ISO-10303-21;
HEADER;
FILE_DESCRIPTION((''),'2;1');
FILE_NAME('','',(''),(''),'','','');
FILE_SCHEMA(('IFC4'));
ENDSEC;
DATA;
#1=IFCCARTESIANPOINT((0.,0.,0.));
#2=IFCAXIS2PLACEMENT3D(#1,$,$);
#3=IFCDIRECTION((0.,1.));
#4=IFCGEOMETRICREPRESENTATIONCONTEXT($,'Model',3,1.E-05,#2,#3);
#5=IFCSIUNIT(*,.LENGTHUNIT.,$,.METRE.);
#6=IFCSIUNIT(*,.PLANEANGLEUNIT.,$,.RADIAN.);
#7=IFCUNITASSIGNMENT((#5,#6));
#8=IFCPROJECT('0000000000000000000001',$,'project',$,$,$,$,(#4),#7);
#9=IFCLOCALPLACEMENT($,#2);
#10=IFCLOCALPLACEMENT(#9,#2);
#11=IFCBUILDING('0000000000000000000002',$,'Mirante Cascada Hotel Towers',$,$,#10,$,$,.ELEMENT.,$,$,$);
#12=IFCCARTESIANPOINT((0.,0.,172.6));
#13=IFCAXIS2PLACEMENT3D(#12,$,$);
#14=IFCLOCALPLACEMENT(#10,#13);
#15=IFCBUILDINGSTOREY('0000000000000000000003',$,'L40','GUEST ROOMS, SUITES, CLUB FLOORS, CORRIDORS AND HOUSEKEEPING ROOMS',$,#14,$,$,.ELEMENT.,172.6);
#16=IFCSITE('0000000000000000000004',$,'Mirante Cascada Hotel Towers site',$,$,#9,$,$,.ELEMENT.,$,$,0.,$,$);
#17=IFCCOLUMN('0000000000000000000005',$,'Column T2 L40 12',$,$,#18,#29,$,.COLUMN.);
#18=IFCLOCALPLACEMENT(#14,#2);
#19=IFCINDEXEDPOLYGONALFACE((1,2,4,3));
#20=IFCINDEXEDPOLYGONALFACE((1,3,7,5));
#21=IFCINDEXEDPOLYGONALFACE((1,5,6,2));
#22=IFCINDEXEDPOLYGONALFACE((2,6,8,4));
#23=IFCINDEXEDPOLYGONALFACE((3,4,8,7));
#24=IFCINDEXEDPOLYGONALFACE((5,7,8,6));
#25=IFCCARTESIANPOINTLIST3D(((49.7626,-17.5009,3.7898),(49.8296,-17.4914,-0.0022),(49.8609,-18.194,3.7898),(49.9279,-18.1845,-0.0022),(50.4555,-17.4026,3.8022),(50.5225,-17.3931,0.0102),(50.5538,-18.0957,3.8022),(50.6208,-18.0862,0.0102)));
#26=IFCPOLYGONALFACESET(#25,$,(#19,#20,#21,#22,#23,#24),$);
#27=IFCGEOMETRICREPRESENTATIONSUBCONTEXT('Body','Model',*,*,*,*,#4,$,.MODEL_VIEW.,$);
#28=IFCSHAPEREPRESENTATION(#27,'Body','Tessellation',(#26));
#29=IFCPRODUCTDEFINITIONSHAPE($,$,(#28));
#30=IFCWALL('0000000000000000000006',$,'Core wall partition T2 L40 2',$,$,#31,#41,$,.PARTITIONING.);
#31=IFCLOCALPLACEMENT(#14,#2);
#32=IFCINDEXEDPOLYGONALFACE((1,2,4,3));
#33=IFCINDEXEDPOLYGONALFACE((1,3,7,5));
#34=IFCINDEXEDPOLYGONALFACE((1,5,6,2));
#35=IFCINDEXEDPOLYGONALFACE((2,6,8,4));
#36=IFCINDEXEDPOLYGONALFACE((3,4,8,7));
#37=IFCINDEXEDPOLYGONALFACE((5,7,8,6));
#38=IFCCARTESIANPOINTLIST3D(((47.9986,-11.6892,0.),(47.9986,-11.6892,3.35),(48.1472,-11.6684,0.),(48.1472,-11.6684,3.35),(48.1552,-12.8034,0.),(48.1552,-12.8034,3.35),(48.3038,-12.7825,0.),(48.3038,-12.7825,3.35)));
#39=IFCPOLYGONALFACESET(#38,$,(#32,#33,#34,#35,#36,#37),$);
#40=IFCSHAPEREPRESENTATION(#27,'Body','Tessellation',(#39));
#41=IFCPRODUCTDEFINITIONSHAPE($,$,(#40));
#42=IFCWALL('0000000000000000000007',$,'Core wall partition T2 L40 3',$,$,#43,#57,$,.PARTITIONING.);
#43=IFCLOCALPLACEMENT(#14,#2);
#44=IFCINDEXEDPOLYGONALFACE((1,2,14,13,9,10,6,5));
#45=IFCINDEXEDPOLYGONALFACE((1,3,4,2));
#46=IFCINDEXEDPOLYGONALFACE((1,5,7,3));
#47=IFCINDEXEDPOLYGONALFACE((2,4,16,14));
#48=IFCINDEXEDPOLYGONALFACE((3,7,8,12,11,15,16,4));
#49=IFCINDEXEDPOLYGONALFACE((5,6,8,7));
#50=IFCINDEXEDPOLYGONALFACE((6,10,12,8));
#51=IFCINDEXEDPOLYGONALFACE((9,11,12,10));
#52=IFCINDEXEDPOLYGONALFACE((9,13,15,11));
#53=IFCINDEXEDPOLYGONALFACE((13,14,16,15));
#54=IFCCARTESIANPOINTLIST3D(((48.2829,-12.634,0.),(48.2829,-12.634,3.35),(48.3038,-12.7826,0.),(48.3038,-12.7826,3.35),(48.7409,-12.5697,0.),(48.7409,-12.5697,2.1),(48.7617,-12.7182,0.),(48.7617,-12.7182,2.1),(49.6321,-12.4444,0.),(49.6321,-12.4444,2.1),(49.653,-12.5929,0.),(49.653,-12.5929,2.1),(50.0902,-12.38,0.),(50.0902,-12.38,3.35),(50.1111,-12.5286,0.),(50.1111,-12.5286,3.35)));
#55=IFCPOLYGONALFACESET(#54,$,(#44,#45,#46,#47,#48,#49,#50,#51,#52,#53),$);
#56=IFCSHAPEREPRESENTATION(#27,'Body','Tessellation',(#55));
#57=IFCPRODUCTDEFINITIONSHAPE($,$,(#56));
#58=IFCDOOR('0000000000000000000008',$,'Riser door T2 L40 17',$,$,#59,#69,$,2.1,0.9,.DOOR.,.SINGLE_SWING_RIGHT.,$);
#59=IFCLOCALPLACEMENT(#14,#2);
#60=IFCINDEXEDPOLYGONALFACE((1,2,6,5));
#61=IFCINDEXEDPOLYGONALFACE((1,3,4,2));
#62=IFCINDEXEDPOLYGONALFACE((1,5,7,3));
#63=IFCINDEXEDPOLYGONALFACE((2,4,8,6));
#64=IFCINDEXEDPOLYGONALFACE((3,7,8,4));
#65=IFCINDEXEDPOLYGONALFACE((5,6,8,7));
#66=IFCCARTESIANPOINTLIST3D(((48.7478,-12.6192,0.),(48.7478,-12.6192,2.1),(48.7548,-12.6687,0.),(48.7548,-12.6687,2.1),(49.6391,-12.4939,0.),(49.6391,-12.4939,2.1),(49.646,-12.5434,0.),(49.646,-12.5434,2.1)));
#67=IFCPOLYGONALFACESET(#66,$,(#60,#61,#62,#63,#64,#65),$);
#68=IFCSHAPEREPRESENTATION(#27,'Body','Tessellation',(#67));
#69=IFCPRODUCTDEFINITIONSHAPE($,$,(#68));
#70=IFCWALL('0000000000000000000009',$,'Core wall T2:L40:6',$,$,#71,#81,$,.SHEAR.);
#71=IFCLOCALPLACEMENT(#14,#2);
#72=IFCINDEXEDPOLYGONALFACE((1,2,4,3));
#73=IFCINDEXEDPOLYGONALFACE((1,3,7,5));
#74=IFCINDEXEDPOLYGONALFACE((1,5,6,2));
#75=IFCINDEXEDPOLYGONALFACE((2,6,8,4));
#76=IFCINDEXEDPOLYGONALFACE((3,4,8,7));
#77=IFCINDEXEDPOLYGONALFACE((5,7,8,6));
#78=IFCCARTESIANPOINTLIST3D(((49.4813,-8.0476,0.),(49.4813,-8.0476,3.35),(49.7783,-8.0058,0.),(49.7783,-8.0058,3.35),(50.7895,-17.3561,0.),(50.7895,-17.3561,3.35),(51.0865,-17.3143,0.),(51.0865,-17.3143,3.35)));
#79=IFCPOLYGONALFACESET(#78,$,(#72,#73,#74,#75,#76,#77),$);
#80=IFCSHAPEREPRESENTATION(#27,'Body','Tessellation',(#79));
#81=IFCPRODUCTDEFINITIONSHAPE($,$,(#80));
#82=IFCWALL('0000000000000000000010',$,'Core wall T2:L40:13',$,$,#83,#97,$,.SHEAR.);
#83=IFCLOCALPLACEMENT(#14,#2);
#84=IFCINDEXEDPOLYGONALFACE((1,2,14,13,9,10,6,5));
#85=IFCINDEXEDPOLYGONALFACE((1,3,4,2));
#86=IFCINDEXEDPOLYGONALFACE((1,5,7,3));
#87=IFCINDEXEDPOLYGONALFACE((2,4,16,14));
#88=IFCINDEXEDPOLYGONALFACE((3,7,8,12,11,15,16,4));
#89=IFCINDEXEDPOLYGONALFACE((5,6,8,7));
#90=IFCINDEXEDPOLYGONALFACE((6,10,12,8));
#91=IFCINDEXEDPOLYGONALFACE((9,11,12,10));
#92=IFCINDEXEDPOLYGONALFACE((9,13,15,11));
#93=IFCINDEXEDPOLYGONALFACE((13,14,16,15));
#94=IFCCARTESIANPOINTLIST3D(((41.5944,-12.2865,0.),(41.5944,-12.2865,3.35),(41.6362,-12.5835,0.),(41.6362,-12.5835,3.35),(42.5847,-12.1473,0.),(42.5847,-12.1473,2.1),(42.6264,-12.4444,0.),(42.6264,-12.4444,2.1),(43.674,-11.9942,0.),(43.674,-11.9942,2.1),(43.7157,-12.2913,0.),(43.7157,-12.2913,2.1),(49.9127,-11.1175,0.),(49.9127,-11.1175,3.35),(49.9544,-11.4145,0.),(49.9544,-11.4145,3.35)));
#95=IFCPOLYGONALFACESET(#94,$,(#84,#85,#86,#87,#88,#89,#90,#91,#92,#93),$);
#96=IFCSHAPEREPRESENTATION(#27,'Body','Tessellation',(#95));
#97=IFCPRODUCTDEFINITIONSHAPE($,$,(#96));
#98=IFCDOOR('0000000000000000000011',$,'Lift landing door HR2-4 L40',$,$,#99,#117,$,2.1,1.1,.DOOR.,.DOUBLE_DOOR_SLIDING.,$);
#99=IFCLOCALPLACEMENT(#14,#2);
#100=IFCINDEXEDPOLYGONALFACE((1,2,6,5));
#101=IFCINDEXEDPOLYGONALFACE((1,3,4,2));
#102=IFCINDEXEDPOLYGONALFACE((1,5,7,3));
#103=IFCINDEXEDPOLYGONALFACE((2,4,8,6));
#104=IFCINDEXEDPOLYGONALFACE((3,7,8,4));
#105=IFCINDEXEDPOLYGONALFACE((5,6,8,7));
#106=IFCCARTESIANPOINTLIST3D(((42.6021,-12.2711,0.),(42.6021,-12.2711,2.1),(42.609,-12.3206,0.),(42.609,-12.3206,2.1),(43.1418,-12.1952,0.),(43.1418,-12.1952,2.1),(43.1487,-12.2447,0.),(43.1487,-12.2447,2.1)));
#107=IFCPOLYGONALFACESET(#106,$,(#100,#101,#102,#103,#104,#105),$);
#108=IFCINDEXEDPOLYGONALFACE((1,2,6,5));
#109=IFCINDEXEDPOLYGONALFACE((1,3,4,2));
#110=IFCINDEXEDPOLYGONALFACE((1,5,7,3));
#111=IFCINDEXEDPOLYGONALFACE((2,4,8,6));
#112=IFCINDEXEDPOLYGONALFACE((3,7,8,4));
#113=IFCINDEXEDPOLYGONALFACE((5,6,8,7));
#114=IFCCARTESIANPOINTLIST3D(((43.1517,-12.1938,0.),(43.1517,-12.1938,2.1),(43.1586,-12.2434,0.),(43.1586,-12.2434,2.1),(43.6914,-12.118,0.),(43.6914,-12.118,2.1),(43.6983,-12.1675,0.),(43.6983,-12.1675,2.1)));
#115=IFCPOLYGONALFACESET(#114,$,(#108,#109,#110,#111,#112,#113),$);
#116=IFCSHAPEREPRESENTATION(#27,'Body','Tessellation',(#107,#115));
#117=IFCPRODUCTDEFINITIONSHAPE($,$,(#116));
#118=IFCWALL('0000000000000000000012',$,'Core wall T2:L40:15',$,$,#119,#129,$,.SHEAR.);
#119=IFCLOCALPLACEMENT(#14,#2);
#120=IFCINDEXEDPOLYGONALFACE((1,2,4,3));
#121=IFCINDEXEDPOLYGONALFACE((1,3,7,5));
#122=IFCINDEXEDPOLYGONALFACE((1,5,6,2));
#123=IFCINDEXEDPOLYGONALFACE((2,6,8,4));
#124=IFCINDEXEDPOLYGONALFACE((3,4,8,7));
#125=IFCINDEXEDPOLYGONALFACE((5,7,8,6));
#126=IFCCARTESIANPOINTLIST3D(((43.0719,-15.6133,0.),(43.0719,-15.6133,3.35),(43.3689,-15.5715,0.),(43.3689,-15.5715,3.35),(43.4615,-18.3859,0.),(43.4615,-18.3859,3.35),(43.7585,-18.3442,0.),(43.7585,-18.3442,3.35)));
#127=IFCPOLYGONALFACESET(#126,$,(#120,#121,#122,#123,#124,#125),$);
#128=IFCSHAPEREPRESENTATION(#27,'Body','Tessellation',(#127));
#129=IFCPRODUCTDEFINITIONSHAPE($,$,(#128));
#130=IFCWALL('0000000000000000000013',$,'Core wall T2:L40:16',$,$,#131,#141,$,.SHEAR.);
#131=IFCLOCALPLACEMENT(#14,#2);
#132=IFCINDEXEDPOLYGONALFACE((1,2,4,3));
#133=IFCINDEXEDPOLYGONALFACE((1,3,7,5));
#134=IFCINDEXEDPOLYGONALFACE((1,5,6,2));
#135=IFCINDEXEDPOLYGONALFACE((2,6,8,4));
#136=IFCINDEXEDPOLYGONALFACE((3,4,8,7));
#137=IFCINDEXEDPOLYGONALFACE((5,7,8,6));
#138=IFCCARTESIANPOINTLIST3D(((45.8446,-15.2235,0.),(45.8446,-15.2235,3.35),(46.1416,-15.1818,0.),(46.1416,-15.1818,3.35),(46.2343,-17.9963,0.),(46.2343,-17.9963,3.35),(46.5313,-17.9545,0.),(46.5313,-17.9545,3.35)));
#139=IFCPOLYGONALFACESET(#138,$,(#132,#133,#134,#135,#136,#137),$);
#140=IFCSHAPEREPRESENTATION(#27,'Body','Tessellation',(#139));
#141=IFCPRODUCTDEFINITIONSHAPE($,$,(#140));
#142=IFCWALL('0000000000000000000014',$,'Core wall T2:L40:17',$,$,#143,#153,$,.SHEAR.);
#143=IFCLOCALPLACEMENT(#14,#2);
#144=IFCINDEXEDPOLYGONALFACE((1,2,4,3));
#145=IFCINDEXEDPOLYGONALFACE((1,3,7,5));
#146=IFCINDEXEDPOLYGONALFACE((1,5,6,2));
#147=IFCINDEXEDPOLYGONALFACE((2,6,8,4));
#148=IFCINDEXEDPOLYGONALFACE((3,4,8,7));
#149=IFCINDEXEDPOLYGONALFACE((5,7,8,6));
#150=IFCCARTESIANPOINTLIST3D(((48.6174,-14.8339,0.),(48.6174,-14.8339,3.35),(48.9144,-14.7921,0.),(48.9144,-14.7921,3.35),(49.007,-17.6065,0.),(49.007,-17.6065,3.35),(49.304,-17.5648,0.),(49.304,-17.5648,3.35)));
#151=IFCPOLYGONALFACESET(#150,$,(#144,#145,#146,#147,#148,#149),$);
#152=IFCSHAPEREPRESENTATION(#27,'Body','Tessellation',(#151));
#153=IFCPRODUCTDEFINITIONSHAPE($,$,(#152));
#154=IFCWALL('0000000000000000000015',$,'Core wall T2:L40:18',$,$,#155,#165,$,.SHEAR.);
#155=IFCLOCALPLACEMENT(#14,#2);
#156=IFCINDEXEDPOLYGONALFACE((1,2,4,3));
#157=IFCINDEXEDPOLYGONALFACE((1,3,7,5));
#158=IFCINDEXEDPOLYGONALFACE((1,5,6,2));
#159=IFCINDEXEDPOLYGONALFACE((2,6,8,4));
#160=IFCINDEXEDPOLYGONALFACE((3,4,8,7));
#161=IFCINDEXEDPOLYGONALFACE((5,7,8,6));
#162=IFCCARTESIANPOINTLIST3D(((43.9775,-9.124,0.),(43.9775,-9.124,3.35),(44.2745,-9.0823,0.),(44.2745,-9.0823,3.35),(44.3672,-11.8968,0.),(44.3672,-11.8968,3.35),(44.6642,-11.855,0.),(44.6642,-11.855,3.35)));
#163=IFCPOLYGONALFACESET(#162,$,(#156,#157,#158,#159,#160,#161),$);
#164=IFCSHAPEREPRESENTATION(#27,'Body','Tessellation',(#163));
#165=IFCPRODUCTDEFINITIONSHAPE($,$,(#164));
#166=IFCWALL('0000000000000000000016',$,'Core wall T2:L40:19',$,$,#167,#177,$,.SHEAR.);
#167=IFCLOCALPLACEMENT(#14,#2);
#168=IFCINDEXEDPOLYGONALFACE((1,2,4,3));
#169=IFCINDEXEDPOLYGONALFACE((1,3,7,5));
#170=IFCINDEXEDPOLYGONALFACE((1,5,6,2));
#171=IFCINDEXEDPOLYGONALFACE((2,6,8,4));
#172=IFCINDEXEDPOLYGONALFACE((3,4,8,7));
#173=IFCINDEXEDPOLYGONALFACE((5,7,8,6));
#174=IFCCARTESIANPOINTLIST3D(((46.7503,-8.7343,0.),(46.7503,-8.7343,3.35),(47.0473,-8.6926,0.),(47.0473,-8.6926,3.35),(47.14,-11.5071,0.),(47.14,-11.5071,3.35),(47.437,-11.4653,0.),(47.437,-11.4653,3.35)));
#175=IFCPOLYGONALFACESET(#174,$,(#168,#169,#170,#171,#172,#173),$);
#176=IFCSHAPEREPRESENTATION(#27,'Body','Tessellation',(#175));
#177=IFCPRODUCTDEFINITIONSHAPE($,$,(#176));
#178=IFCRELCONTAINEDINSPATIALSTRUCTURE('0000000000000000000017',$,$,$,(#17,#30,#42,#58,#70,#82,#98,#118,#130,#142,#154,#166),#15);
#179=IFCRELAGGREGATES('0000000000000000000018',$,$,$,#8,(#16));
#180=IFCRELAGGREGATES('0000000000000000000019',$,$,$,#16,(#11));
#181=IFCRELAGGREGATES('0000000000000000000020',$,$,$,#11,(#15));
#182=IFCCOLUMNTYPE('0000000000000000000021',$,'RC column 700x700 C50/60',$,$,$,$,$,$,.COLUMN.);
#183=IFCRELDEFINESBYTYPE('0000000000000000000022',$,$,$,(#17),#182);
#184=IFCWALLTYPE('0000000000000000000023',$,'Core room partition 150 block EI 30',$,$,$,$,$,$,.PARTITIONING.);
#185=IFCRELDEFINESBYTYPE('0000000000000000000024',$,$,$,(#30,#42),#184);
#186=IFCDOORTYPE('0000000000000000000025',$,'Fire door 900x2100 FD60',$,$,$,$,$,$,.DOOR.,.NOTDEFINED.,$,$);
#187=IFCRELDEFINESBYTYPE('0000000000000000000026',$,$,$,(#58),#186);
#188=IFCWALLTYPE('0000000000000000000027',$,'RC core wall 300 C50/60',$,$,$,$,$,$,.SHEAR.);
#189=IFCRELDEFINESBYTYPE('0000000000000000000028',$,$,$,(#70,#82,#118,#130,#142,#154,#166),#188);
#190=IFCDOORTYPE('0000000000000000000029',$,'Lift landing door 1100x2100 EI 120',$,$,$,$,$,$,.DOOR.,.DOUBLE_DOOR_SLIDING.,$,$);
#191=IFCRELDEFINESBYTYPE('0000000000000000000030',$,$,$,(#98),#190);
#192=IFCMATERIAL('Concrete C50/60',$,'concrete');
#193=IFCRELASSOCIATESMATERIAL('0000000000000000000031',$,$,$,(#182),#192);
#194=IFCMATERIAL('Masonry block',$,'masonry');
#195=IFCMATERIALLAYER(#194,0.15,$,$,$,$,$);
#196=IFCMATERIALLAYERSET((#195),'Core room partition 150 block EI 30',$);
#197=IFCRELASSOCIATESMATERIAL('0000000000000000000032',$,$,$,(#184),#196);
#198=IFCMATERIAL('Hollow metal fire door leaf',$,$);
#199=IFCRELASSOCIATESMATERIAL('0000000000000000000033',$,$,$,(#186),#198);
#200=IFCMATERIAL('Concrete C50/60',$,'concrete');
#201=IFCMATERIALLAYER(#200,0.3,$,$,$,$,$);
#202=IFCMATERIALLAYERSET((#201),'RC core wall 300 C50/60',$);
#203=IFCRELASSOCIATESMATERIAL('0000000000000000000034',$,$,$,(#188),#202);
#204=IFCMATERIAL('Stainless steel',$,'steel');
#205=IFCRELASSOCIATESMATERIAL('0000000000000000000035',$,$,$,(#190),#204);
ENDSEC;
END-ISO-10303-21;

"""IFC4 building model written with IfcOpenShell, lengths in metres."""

from ifc_helpers import new_model, si_unit, direction, frame, frame_2d, origin, origin_2d, place, context, subcontext, project, spatial, rectangle, extrude, material, layer, layer_set, material_profile, profile_set, type_object, element, fill, save


model = new_model("IFC4")

# Units and contexts
model_context = context("Model", 3, precision=1e-05, world=origin(), true_north=direction((0.0, 1.0)))
body_context = subcontext(model_context, "Body", "Model", "MODEL_VIEW")
ifc_project = project(units=[si_unit("LENGTHUNIT", "METRE"), si_unit("PLANEANGLEUNIT", "RADIAN")], contexts=[model_context])

# Site, building, storey
site_placement = place(None, origin())
site = spatial("IfcSite", under=ifc_project, at=site_placement, Name="Mirante Cascada Hotel Towers site", CompositionType="ELEMENT", RefElevation=0.0)
building_placement = place(site_placement, origin())
building = spatial("IfcBuilding", under=site, at=building_placement, Name="Mirante Cascada Hotel Towers", CompositionType="ELEMENT")
storey_placement = place(building_placement, frame((0.0, 0.0, 172.6)))
storey = spatial("IfcBuildingStorey", under=building, at=storey_placement, Name="L40", Description="GUEST ROOMS, SUITES, CLUB FLOORS, CORRIDORS AND HOUSEKEEPING ROOMS", CompositionType="ELEMENT", Elevation=172.6)

# Column
ifc_material_1 = material(Name="Concrete C50/60", Category="concrete")
ifc_material_profile = material_profile(ifc_material_1, rectangle(XDim=0.7, YDim=0.7, at=origin_2d()), Name="RC column 700x700 C50/60")
ifc_profile_set = profile_set([ifc_material_profile], Name="Concrete C50/60")
column_type = type_object("IfcColumnType", Name="RC column 700x700 C50/60", PredefinedType="COLUMN", material=ifc_profile_set)
column_placement = place(storey_placement, frame((50.2252, -17.7888, 0.004), z_axis=(-0.017666, -0.002505, 0.999841), x_axis=(0.140387, -0.990097, 0.0)))
element("IfcColumn", 1, at=column_placement, inside=storey, type_object=column_type, Name="Column T2 L40 12", PredefinedType="COLUMN", context=body_context, shape_type="SweptSolid", body=[
    extrude(rectangle(XDim=0.7, YDim=0.7, at=origin_2d()), origin(), (0.0, 0.0, 1.0), 3.7926),
])

# Wall
ifc_material_2 = material(Name="Masonry block", Category="masonry")
ifc_layer_1 = layer(ifc_material_2, 0.15)
ifc_layer_set_1 = layer_set([ifc_layer_1], Name="Core room partition 150 block EI 30")
wall_type_1 = type_object("IfcWallType", Name="Core room partition 150 block EI 30", PredefinedType="PARTITIONING", material=ifc_layer_set_1)
wall_1_placement = place(storey_placement, frame((48.2295, -12.793, 0.0), z_axis=(0.0, 0.0, 1.0), x_axis=(-0.139193, 0.990265, 0.0)))
element("IfcWall", 2, at=wall_1_placement, inside=storey, type_object=wall_type_1, Name="Core wall partition T2 L40 2", PredefinedType="PARTITIONING", context=body_context, shape_type="SweptSolid", body=[
    extrude(rectangle(XDim=1.1251, YDim=0.15, at=frame_2d((0.5626, 0.0))), origin(), (0.0, 0.0, 1.0), 3.35),
])

# Wall, opening, door
wall_2_placement = place(storey_placement, frame((48.2933, -12.7083, 0.0), z_axis=(0.0, 0.0, 1.0), x_axis=(0.990268, 0.139173, 0.0)))
wall_2 = element("IfcWall", 3, at=wall_2_placement, inside=storey, type_object=wall_type_1, Name="Core wall partition T2 L40 3", PredefinedType="PARTITIONING", context=body_context, shape_type="SweptSolid", body=[
    extrude(rectangle(XDim=1.8251, YDim=0.15, at=frame_2d((0.9126, 0.0))), origin(), (0.0, 0.0, 1.0), 3.35),
])
opening_1_placement = place(wall_2_placement, frame((0.4625, 0.0, 0.0)))
opening_1 = element("IfcOpeningElement", 4, at=opening_1_placement, cuts=wall_2, PredefinedType="OPENING", context=body_context, shape_type="SweptSolid", body=[
    extrude(rectangle(XDim=0.9, YDim=2.1, at=frame_2d((0.45, 1.05))), frame((0.0, 0.075, 0.0), z_axis=(0.0, -1.0, 0.0), x_axis=(1.0, 0.0, 0.0)), (0.0, 0.0, 1.0), 0.15),
])
ifc_material_3 = material(Name="Hollow metal fire door leaf")
door_type_1 = type_object("IfcDoorType", Name="Fire door 900x2100 FD60", OperationType="NOTDEFINED", PredefinedType="DOOR", material=ifc_material_3)
door_1_placement = place(opening_1_placement, frame((0.9, 0.0, 0.0), z_axis=(0.0, 0.0, 1.0), x_axis=(-1.0, 0.0, 0.0)))
door_1 = element("IfcDoor", 5, at=door_1_placement, inside=storey, type_object=door_type_1, Name="Riser door T2 L40 17", OperationType="SINGLE_SWING_RIGHT", OverallHeight=2.1, OverallWidth=0.9, PredefinedType="DOOR", context=body_context, shape_type="SweptSolid", body=[
    extrude(rectangle(XDim=0.9, YDim=2.1, at=frame_2d((0.45, 1.05))), frame((0.0, 0.025, 0.0), z_axis=(0.0, -1.0, 0.0), x_axis=(1.0, 0.0, 0.0)), (0.0, 0.0, 1.0), 0.05),
])
fill(opening_1, door_1)

# Wall
ifc_material_4 = material(Name="Concrete C50/60", Category="concrete")
ifc_layer_2 = layer(ifc_material_4, 0.3)
ifc_layer_set_2 = layer_set([ifc_layer_2], Name="RC core wall 300 C50/60")
wall_type_2 = type_object("IfcWallType", Name="RC core wall 300 C50/60", PredefinedType="SHEAR", material=ifc_layer_set_2)
wall_3_placement = place(storey_placement, frame((50.938, -17.3352, 0.0), z_axis=(0.0, 0.0, 1.0), x_axis=(-0.139171, 0.990268, 0.0)))
element("IfcWall", 6, at=wall_3_placement, inside=storey, type_object=wall_type_2, Name="Core wall T2:L40:6", PredefinedType="SHEAR", context=body_context, shape_type="SweptSolid", body=[
    extrude(rectangle(XDim=9.4, YDim=0.3, at=frame_2d((4.7, 0.0))), origin(), (0.0, 0.0, 1.0), 3.35),
])

# Wall, opening, door
wall_4_placement = place(storey_placement, frame((41.6153, -12.435, 0.0), z_axis=(0.0, 0.0, 1.0), x_axis=(0.990269, 0.139166, 0.0)))
wall_4 = element("IfcWall", 7, at=wall_4_placement, inside=storey, type_object=wall_type_2, Name="Core wall T2:L40:13", PredefinedType="SHEAR", context=body_context, shape_type="SweptSolid", body=[
    extrude(rectangle(XDim=8.4, YDim=0.3, at=frame_2d((4.2, 0.0))), origin(), (0.0, 0.0, 1.0), 3.35),
])
opening_2_placement = place(wall_4_placement, frame((1.0, 0.0, 0.0)))
opening_2 = element("IfcOpeningElement", 8, at=opening_2_placement, cuts=wall_4, PredefinedType="OPENING", context=body_context, shape_type="SweptSolid", body=[
    extrude(rectangle(XDim=1.1, YDim=2.1, at=frame_2d((0.55, 1.05))), frame((0.0, 0.15, 0.0), z_axis=(0.0, -1.0, 0.0), x_axis=(1.0, 0.0, 0.0)), (0.0, 0.0, 1.0), 0.3),
])
ifc_material_5 = material(Name="Stainless steel", Category="steel")
door_type_2 = type_object("IfcDoorType", Name="Lift landing door 1100x2100 EI 120", OperationType="DOUBLE_DOOR_SLIDING", PredefinedType="DOOR", material=ifc_material_5)
door_2_placement = place(opening_2_placement, origin())
door_2 = element("IfcDoor", 9, at=door_2_placement, inside=storey, type_object=door_type_2, Name="Lift landing door HR2-4 L40", OperationType="DOUBLE_DOOR_SLIDING", OverallHeight=2.1, OverallWidth=1.1, PredefinedType="DOOR", context=body_context, shape_type="SweptSolid", body=[
    extrude(rectangle(XDim=0.545, YDim=2.1, at=frame_2d((0.2725, 1.05))), frame((0.0, 0.025, 0.0), z_axis=(0.0, -1.0, 0.0), x_axis=(1.0, 0.0, 0.0)), (0.0, 0.0, 1.0), 0.05),
    extrude(rectangle(XDim=0.545, YDim=2.1, at=frame_2d((0.8275, 1.05))), frame((0.0, 0.025, 0.0), z_axis=(0.0, -1.0, 0.0), x_axis=(1.0, 0.0, 0.0)), (0.0, 0.0, 1.0), 0.05),
])
fill(opening_2, door_2)

# Walls
wall_5_placement = place(storey_placement, frame((43.61, -18.3651, 0.0), z_axis=(0.0, 0.0, 1.0), x_axis=(-0.139146, 0.990272, 0.0)))
element("IfcWall", 10, at=wall_5_placement, inside=storey, type_object=wall_type_2, Name="Core wall T2:L40:15", PredefinedType="SHEAR", context=body_context, shape_type="SweptSolid", body=[
    extrude(rectangle(XDim=2.7999, YDim=0.3, at=frame_2d((1.4, 0.0))), origin(), (0.0, 0.0, 1.0), 3.35),
])
wall_6_placement = place(storey_placement, frame((46.3828, -17.9754, 0.0), z_axis=(0.0, 0.0, 1.0), x_axis=(-0.139181, 0.990267, 0.0)))
element("IfcWall", 11, at=wall_6_placement, inside=storey, type_object=wall_type_2, Name="Core wall T2:L40:16", PredefinedType="SHEAR", context=body_context, shape_type="SweptSolid", body=[
    extrude(rectangle(XDim=2.8, YDim=0.3, at=frame_2d((1.4, 0.0))), origin(), (0.0, 0.0, 1.0), 3.35),
])
wall_7_placement = place(storey_placement, frame((49.1555, -17.5857, 0.0), z_axis=(0.0, 0.0, 1.0), x_axis=(-0.139146, 0.990272, 0.0)))
element("IfcWall", 12, at=wall_7_placement, inside=storey, type_object=wall_type_2, Name="Core wall T2:L40:17", PredefinedType="SHEAR", context=body_context, shape_type="SweptSolid", body=[
    extrude(rectangle(XDim=2.7999, YDim=0.3, at=frame_2d((1.4, 0.0))), origin(), (0.0, 0.0, 1.0), 3.35),
])
for number, where, z_axis, x_axis, name in (
    (13, (44.5157, -11.8759, 0.0), (0.0, 0.0, 1.0), (-0.139181, 0.990267, 0.0), "Core wall T2:L40:18"),
    (14, (47.2885, -11.4862, 0.0), (0.0, 0.0, 1.0), (-0.139181, 0.990267, 0.0), "Core wall T2:L40:19"),
):
    element("IfcWall", number, at=place(storey_placement, frame(where, z_axis=z_axis, x_axis=x_axis)), inside=storey, type_object=wall_type_2, Name=name, PredefinedType="SHEAR", context=body_context, shape_type="SweptSolid", body=[
        extrude(rectangle(XDim=2.8, YDim=0.3, at=frame_2d((1.4, 0.0))), origin(), (0.0, 0.0, 1.0), 3.35),
    ])

save(model, "model.ifc")
